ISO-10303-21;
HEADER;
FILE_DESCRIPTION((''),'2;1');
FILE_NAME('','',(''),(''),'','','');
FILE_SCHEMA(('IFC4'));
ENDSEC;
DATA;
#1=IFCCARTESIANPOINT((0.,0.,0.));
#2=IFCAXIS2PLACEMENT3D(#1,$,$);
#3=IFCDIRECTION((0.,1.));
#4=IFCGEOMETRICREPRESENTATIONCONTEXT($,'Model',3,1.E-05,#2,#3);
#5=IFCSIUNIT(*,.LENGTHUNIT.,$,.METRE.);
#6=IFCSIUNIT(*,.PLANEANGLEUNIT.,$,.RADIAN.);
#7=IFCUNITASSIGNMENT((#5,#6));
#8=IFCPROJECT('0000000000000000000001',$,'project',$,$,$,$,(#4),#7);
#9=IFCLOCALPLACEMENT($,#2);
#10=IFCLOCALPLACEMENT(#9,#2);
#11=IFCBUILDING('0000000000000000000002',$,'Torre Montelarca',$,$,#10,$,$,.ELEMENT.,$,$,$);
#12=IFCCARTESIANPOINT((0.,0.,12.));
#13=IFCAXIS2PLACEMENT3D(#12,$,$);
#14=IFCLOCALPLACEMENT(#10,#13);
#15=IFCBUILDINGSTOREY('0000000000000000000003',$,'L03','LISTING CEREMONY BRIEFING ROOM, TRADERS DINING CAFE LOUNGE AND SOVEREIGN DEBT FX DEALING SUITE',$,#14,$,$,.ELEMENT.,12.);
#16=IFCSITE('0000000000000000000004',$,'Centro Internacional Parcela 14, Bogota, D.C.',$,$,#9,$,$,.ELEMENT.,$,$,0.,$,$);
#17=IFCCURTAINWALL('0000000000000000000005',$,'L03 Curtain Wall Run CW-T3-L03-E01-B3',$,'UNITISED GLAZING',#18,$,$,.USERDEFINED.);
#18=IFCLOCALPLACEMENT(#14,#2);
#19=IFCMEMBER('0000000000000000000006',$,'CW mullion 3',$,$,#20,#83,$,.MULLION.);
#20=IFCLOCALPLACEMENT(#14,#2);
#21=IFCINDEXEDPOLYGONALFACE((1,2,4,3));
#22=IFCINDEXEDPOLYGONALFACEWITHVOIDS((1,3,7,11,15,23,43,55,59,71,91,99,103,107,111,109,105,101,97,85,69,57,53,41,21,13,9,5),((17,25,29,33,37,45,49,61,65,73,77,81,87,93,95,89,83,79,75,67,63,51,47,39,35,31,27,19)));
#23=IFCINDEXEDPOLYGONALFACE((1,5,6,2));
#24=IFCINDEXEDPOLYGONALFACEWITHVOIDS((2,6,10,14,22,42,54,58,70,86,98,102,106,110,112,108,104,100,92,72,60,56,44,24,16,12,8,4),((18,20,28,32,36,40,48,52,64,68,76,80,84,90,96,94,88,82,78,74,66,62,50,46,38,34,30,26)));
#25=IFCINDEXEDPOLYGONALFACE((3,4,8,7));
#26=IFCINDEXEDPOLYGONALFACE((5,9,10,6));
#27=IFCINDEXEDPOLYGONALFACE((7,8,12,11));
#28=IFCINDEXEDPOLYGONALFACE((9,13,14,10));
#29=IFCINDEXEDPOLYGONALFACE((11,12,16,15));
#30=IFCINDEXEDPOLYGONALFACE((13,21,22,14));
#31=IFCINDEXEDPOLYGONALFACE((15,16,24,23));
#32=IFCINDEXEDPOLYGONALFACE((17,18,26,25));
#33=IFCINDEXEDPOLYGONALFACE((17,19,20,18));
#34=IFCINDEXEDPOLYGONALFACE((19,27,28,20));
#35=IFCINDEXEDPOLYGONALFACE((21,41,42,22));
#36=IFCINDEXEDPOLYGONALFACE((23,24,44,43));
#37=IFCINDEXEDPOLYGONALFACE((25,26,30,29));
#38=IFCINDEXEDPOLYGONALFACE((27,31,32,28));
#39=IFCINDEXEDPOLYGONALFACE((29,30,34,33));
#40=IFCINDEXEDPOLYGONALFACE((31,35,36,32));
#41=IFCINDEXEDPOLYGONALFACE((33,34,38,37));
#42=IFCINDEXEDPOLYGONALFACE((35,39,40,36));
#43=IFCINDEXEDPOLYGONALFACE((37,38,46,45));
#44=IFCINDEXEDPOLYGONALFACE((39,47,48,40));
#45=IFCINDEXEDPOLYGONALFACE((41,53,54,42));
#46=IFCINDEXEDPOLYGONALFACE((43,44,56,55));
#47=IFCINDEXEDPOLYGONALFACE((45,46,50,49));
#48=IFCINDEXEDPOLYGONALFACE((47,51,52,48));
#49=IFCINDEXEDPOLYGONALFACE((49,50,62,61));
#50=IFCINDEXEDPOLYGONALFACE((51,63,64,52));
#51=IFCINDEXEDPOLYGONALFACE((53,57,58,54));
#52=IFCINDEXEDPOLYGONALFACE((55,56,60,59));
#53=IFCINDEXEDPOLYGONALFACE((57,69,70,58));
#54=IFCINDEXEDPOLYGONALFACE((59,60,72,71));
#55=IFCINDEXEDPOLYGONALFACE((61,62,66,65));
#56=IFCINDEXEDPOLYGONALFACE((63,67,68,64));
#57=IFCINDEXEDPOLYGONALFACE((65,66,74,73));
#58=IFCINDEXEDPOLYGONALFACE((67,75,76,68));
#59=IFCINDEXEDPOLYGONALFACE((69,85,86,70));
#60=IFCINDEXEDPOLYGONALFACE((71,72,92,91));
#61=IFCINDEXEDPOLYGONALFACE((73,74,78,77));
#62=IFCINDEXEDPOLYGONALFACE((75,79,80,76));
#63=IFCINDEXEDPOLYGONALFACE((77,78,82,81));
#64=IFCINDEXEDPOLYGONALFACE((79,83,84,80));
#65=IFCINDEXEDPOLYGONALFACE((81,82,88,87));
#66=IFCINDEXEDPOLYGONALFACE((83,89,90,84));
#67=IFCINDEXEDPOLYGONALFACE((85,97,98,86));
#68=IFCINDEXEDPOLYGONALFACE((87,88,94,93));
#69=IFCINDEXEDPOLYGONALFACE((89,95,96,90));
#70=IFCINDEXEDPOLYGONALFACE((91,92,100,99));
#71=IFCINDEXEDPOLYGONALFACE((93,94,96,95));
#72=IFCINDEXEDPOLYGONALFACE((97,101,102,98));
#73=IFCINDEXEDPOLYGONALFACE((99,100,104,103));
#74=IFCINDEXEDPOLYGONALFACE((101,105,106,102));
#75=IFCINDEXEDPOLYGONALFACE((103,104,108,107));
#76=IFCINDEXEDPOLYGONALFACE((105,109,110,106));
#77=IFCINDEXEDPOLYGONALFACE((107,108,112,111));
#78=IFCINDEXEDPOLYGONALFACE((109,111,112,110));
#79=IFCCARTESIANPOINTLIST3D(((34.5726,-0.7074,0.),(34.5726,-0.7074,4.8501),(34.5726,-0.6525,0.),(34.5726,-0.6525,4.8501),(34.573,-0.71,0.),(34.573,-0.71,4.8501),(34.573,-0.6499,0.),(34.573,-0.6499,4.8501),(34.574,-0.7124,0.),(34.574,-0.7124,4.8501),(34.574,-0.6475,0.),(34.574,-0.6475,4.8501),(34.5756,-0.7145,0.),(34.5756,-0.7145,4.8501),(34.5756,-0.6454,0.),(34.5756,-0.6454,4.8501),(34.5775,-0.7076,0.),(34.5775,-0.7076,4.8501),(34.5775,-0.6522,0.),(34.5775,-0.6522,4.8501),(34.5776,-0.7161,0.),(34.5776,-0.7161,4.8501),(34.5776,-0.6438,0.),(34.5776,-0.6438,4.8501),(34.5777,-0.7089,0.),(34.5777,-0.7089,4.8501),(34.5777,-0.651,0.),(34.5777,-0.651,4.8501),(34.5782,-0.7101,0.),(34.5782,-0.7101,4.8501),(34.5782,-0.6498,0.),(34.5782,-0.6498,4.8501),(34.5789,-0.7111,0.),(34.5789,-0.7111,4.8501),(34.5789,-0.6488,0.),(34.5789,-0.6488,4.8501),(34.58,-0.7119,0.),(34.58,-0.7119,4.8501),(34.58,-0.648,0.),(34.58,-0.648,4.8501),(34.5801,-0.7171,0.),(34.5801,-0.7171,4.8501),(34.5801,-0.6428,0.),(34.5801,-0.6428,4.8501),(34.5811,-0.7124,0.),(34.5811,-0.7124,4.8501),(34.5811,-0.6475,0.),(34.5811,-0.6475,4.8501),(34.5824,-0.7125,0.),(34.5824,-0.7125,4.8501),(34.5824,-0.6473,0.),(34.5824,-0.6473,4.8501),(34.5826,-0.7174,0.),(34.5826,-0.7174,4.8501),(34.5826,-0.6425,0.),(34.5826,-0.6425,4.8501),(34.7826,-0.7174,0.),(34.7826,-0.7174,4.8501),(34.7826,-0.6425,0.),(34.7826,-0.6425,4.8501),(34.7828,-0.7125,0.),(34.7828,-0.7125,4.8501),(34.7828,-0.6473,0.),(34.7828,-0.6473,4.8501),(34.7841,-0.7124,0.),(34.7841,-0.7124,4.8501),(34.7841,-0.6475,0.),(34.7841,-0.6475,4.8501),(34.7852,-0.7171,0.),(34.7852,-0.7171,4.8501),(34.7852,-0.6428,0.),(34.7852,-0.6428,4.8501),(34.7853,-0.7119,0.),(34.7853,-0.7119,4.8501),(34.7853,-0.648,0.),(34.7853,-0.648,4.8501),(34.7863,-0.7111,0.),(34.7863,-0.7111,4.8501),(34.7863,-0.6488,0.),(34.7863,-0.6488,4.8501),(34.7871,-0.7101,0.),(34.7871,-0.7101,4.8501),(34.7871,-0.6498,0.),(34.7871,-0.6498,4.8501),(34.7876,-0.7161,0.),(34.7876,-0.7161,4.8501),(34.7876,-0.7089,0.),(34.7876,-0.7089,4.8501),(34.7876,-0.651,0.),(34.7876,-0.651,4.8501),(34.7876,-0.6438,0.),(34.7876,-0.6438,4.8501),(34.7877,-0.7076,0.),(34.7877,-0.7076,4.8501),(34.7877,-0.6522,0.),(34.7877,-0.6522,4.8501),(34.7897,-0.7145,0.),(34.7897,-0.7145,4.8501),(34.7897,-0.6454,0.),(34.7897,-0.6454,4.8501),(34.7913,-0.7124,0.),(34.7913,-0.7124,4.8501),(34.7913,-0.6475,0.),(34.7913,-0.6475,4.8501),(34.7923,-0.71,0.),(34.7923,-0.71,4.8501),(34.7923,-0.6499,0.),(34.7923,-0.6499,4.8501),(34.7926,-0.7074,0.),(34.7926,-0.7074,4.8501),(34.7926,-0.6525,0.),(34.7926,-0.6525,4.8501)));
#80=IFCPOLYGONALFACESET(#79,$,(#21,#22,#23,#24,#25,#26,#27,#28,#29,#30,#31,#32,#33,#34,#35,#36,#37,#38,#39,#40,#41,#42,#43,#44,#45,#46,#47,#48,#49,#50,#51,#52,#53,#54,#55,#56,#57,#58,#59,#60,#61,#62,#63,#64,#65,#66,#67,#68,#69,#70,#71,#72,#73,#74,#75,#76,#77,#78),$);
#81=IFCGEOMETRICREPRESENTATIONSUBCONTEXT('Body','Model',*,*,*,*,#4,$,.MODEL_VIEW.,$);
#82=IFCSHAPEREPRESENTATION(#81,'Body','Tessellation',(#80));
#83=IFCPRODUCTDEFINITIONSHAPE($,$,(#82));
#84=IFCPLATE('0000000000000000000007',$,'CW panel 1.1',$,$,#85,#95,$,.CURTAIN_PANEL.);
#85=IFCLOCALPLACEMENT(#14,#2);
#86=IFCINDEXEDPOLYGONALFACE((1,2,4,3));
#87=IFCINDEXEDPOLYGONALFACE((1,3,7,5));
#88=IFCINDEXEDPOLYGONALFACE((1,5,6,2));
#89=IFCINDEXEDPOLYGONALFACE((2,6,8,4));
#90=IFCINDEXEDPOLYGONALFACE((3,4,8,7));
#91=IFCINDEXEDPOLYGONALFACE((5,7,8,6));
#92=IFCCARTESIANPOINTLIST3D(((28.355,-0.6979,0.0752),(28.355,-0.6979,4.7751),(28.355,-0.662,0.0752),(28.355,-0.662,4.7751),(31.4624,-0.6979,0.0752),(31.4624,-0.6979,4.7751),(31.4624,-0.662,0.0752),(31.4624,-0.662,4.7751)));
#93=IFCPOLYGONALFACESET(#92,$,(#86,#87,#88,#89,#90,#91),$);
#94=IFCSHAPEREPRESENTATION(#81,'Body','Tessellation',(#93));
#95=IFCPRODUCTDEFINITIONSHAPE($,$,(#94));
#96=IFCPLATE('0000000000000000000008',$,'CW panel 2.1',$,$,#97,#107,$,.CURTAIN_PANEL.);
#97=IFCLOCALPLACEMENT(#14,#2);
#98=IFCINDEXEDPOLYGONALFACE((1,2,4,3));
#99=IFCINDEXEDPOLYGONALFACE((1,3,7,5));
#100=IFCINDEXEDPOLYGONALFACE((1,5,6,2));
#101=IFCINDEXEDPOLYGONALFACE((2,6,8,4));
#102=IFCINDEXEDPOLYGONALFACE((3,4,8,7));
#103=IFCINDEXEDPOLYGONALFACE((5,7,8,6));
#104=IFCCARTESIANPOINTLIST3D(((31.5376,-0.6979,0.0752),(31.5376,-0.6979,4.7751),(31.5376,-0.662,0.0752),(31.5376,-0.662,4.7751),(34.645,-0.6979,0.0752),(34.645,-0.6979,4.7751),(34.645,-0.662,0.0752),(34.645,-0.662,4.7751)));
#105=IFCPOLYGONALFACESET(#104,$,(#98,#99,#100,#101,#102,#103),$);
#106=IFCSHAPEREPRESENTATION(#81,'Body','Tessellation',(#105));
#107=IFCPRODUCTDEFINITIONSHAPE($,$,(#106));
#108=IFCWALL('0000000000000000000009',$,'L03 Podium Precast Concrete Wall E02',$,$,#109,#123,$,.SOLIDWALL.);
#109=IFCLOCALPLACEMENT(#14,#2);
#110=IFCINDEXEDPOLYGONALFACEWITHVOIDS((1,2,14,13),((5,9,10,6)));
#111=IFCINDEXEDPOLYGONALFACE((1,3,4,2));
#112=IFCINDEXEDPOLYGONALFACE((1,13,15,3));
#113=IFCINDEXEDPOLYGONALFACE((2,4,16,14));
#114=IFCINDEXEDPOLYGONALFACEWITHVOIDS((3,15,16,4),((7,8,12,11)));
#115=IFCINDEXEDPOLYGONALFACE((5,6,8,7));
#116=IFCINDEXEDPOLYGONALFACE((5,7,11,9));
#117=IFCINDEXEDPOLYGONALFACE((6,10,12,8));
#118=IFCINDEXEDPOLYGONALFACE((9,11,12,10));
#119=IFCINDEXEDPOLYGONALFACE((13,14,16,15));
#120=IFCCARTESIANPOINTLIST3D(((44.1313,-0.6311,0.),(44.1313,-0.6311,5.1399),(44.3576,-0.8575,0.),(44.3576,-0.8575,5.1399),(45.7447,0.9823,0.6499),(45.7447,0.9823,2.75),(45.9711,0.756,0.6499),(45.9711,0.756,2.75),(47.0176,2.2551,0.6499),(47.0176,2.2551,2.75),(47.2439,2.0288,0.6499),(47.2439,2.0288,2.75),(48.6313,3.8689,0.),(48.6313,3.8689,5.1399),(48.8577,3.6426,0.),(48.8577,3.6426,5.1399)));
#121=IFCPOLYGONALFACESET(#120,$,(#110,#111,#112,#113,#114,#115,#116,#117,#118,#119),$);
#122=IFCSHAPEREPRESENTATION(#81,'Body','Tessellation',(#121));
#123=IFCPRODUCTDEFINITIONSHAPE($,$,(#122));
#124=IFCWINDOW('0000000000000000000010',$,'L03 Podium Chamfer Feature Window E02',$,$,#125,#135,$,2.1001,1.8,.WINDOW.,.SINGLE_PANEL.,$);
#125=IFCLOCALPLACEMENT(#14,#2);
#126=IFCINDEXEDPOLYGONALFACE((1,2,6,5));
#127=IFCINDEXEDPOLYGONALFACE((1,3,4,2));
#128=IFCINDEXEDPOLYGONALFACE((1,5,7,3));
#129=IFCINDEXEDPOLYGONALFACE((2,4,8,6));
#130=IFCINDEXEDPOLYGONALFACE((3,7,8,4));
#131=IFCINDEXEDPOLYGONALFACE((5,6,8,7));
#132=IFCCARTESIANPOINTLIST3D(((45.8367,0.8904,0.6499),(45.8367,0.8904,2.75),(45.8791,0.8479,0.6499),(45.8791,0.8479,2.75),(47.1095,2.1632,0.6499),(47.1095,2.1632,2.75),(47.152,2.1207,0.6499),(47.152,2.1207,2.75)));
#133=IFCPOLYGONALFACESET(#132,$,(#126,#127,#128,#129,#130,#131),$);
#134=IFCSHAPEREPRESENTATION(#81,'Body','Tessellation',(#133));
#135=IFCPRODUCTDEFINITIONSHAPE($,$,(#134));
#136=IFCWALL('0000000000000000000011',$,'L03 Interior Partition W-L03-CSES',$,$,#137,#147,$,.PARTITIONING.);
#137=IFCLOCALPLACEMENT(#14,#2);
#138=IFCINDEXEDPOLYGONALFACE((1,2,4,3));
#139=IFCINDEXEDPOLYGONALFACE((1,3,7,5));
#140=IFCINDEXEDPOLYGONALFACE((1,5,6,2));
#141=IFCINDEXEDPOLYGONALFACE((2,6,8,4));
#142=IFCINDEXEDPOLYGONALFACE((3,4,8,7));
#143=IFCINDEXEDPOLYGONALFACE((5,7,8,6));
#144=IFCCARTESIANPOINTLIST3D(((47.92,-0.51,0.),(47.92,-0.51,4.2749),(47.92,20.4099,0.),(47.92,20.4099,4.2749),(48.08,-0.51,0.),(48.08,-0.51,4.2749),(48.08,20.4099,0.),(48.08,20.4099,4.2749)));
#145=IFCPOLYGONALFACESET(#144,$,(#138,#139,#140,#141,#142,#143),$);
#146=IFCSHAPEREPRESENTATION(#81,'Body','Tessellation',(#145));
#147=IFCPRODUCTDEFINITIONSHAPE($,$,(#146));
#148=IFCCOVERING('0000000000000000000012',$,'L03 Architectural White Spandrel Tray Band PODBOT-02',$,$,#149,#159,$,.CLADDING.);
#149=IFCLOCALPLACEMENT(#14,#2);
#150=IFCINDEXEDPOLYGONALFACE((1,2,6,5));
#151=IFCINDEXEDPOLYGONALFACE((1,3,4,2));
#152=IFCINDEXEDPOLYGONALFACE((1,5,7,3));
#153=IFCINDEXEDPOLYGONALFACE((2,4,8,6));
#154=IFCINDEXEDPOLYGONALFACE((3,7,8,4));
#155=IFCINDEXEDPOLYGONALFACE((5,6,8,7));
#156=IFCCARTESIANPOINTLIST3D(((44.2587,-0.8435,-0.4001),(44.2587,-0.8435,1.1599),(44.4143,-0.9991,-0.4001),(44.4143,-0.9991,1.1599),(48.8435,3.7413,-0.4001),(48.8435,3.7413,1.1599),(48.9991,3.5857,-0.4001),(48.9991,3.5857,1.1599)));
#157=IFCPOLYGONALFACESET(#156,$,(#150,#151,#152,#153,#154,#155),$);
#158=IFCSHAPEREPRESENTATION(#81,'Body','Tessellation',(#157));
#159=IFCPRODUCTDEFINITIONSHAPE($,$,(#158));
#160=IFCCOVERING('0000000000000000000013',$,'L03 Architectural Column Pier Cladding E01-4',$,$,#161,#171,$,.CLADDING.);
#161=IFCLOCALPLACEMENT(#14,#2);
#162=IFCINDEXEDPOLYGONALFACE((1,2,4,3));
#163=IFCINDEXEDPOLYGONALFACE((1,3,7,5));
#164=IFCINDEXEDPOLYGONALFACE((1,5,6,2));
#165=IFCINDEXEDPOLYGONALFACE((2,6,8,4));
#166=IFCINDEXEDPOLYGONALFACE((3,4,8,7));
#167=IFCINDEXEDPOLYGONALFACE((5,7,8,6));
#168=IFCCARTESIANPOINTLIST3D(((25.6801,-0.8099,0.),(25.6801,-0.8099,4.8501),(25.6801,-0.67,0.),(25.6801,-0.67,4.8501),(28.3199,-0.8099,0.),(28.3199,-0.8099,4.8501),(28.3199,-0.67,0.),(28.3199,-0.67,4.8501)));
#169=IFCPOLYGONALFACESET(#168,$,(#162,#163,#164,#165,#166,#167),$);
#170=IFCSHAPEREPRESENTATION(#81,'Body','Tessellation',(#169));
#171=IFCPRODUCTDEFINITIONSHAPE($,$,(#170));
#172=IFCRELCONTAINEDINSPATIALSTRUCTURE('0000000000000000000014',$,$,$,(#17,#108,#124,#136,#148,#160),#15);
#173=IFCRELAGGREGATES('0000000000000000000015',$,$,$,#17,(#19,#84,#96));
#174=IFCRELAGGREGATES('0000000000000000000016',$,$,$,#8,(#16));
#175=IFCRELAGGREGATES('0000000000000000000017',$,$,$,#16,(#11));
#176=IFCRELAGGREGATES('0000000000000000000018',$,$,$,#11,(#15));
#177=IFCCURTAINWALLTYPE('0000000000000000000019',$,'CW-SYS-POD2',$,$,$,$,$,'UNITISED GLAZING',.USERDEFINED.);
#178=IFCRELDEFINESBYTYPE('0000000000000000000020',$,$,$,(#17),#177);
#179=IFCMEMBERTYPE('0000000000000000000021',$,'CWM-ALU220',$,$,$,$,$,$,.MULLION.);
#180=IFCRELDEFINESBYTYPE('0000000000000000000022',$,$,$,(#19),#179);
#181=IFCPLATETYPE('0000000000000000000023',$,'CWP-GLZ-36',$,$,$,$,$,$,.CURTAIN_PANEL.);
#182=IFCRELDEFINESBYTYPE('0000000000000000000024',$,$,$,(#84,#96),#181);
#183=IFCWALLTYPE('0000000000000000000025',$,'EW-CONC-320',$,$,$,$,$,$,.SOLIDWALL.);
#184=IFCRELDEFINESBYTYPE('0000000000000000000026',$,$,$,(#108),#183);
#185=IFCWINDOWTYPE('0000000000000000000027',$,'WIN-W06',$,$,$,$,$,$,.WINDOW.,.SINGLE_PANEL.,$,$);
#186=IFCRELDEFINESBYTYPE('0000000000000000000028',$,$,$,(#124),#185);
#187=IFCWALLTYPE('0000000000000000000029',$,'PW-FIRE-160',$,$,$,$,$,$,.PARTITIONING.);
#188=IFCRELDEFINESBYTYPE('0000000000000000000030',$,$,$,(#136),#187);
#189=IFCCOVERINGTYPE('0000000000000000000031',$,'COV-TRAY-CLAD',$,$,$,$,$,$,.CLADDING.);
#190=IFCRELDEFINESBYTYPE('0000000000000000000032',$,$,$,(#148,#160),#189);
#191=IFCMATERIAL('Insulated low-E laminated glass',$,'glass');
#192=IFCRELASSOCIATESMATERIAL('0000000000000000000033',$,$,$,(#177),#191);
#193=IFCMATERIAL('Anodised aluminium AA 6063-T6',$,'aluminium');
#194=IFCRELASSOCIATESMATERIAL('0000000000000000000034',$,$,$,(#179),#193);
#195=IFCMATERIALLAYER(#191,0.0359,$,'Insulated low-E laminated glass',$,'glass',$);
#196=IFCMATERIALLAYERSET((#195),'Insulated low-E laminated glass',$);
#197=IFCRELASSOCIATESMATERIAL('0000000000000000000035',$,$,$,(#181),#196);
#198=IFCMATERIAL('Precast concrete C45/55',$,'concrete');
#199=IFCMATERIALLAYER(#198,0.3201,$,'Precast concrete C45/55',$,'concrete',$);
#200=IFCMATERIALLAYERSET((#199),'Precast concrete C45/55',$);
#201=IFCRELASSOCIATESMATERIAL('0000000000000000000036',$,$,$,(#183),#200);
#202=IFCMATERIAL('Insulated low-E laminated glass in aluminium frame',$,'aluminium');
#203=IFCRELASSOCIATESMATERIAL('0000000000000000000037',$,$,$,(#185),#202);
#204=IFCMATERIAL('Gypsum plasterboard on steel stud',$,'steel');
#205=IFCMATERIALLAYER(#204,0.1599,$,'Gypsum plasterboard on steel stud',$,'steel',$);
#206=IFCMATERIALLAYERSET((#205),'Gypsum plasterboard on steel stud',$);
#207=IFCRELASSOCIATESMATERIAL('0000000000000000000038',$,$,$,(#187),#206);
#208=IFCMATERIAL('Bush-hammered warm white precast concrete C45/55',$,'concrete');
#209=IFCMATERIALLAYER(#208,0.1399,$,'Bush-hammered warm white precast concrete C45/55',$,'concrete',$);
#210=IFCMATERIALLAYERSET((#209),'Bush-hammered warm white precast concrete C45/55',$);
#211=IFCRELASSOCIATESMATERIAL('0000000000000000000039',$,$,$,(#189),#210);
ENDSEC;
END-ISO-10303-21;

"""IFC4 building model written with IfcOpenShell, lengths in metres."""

from ifc_helpers import new_model, si_unit, direction, frame, frame_2d, origin, origin_2d, place, context, subcontext, project, spatial, rectangle, hollow_rectangle, extrude, source, transform, mapped, material, layer, layer_set, material_profile, profile_set, type_object, element, fill, aggregate, save


model = new_model("IFC4")

# Units and contexts
model_context = context("Model", 3, precision=1e-05, world=origin(), true_north=direction((0.0, 1.0)))
body_context = subcontext(model_context, "Body", "Model", "MODEL_VIEW")
ifc_project = project(units=[si_unit("LENGTHUNIT", "METRE"), si_unit("PLANEANGLEUNIT", "RADIAN")], contexts=[model_context])

# Site, building, storey
site_placement = place(None, origin())
site = spatial("IfcSite", under=ifc_project, at=site_placement, Name="Centro Internacional Parcela 14, Bogota, D.C.", CompositionType="ELEMENT", RefElevation=0.0)
building_placement = place(site_placement, origin())
building = spatial("IfcBuilding", under=site, at=building_placement, Name="Torre Montelarca", CompositionType="ELEMENT")
storey_placement = place(building_placement, frame((0.0, 0.0, 12.0)))
storey = spatial("IfcBuildingStorey", under=building, at=storey_placement, Name="L03", Description="LISTING CEREMONY BRIEFING ROOM, TRADERS DINING CAFE LOUNGE AND SOVEREIGN DEBT FX DEALING SUITE", CompositionType="ELEMENT", Elevation=12.0)

# Curtain wall, member, plates
ifc_material_1 = material(Name="Insulated low-E laminated glass", Category="glass")
curtain_wall_type = type_object("IfcCurtainWallType", Name="CW-SYS-POD2", ElementType="UNITISED GLAZING", PredefinedType="USERDEFINED", material=ifc_material_1)
curtain_wall_placement = place(storey_placement, origin())
curtain_wall = element("IfcCurtainWall", 1, at=curtain_wall_placement, inside=storey, type_object=curtain_wall_type, Name="L03 Curtain Wall Run CW-T3-L03-E01-B3", ObjectType="UNITISED GLAZING", PredefinedType="USERDEFINED")
ifc_material_2 = material(Name="Anodised aluminium AA 6063-T6", Category="aluminium")
ifc_material_profile_1 = material_profile(ifc_material_2, hollow_rectangle(XDim=0.075, YDim=0.22, WallThickness=0.0049, InnerFilletRadius=0.0049, OuterFilletRadius=0.01, at=origin_2d()), Name="ALU75X220X5", Category="aluminium")
ifc_profile_set_1 = profile_set([ifc_material_profile_1], Name="Anodised aluminium AA 6063-T6")
member_type_1 = type_object("IfcMemberType", Name="CWM-ALU220", PredefinedType="MULLION", material=ifc_profile_set_1)
shared_shape_1 = source(origin(), body_context, "Body", "SweptSolid", [
    extrude(hollow_rectangle(XDim=0.075, YDim=0.22, WallThickness=0.0049, InnerFilletRadius=0.0049, OuterFilletRadius=0.01, at=origin_2d()), origin(), (0.0, 0.0, 1.0), 4.8501),
])
member_1_placement = place(storey_placement, frame((34.6826, -0.6799, 0.0), z_axis=(0.0, 0.0, 1.0), x_axis=(0.0, 1.0, 0.0)))
member_1 = element("IfcMember", 2, at=member_1_placement, type_object=member_type_1, Name="CW mullion 3", PredefinedType="MULLION", context=body_context, shape_type="MappedRepresentation", body=[
    mapped(shared_shape_1, transform((0.0, 0.0, 0.0), scale=1.0)),
])
ifc_layer_1 = layer(ifc_material_1, 0.0359, Name="Insulated low-E laminated glass", Category="glass")
ifc_layer_set_1 = layer_set([ifc_layer_1], Name="Insulated low-E laminated glass")
plate_type = type_object("IfcPlateType", Name="CWP-GLZ-36", PredefinedType="CURTAIN_PANEL", material=ifc_layer_set_1)
shared_shape_2 = source(origin(), body_context, "Body", "SweptSolid", [
    extrude(rectangle(XDim=3.1074, YDim=0.0359, at=origin_2d()), origin(), (0.0, 0.0, 1.0), 4.7),
])
plate_1_placement = place(storey_placement, frame((29.9087, -0.6799, 0.0752), z_axis=(0.0, 0.0, 1.0), x_axis=(1.0, 0.0, 0.0)))
plate_1 = element("IfcPlate", 3, at=plate_1_placement, type_object=plate_type, Name="CW panel 1.1", PredefinedType="CURTAIN_PANEL", context=body_context, shape_type="MappedRepresentation", body=[
    mapped(shared_shape_2, transform((0.0, 0.0, 0.0), scale=1.0)),
])
plate_2_placement = place(storey_placement, frame((33.0913, -0.6799, 0.0752), z_axis=(0.0, 0.0, 1.0), x_axis=(1.0, 0.0, 0.0)))
plate_2 = element("IfcPlate", 4, at=plate_2_placement, type_object=plate_type, Name="CW panel 2.1", PredefinedType="CURTAIN_PANEL", context=body_context, shape_type="MappedRepresentation", body=[
    mapped(shared_shape_2, transform((0.0, 0.0, 0.0), scale=1.0)),
])
aggregate(curtain_wall, [member_1, plate_1, plate_2])

# Wall, opening, window
ifc_material_3 = material(Name="Precast concrete C45/55", Category="concrete")
ifc_layer_2 = layer(ifc_material_3, 0.3201, Name="Precast concrete C45/55", Category="concrete")
ifc_layer_set_2 = layer_set([ifc_layer_2], Name="Precast concrete C45/55")
wall_type_1 = type_object("IfcWallType", Name="EW-CONC-320", PredefinedType="SOLIDWALL", material=ifc_layer_set_2)
wall_1_placement = place(storey_placement, frame((44.2444, -0.7444, 0.0), z_axis=(0.0, 0.0, 1.0), x_axis=(0.707107, 0.707107, 0.0)))
wall_1 = element("IfcWall", 5, at=wall_1_placement, inside=storey, type_object=wall_type_1, Name="L03 Podium Precast Concrete Wall E02", PredefinedType="SOLIDWALL", context=body_context, shape_type="SweptSolid", body=[
    extrude(rectangle(XDim=6.364, YDim=0.3201, at=frame_2d((3.1821, 0.0))), origin(), (0.0, 0.0, 1.0), 5.1399),
])
opening_placement = place(wall_1_placement, frame((2.282, 0.0, 0.6499)))
opening = element("IfcOpeningElement", 6, at=opening_placement, cuts=wall_1, PredefinedType="OPENING", context=body_context, shape_type="SweptSolid", body=[
    extrude(rectangle(XDim=1.8, YDim=2.1001, at=frame_2d((0.8999, 1.05))), frame((0.0, 0.1699, 0.0), z_axis=(0.0, -1.0, 0.0), x_axis=(1.0, 0.0, 0.0)), (0.0, 0.0, 1.0), 0.3401),
])
ifc_material_4 = material(Name="Insulated low-E laminated glass in aluminium frame", Category="aluminium")
window_type = type_object("IfcWindowType", Name="WIN-W06", PartitioningType="SINGLE_PANEL", PredefinedType="WINDOW", material=ifc_material_4)
shared_shape_3 = source(origin(), body_context, "Body", "SweptSolid", [
    extrude(rectangle(XDim=1.8, YDim=2.1001, at=frame_2d((0.8999, 1.05))), frame((0.0, 0.03, 0.0), z_axis=(0.0, -1.0, 0.0), x_axis=(1.0, 0.0, 0.0)), (0.0, 0.0, 1.0), 0.0601),
])
window_placement = place(opening_placement, origin())
window = element("IfcWindow", 7, at=window_placement, inside=storey, type_object=window_type, Name="L03 Podium Chamfer Feature Window E02", OverallHeight=2.1001, OverallWidth=1.8, PartitioningType="SINGLE_PANEL", PredefinedType="WINDOW", context=body_context, shape_type="MappedRepresentation", body=[
    mapped(shared_shape_3, transform((0.0, 0.0, 0.0), scale=1.0)),
])
fill(opening, window)

# Wall
ifc_material_5 = material(Name="Gypsum plasterboard on steel stud", Category="steel")
ifc_layer_3 = layer(ifc_material_5, 0.1599, Name="Gypsum plasterboard on steel stud", Category="steel")
ifc_layer_set_3 = layer_set([ifc_layer_3], Name="Gypsum plasterboard on steel stud")
wall_type_2 = type_object("IfcWallType", Name="PW-FIRE-160", PredefinedType="PARTITIONING", material=ifc_layer_set_3)
wall_2_placement = place(storey_placement, frame((48.0, -0.51, 0.0), z_axis=(0.0, 0.0, 1.0), x_axis=(0.0, 1.0, 0.0)))
element("IfcWall", 8, at=wall_2_placement, inside=storey, type_object=wall_type_2, Name="L03 Interior Partition W-L03-CSES", PredefinedType="PARTITIONING", context=body_context, shape_type="SweptSolid", body=[
    extrude(rectangle(XDim=20.9199, YDim=0.1599, at=frame_2d((10.46, 0.0))), origin(), (0.0, 0.0, 1.0), 4.2749),
])

# Coverings
ifc_material_6 = material(Name="Bush-hammered warm white precast concrete C45/55", Category="concrete")
ifc_layer_4 = layer(ifc_material_6, 0.1399, Name="Bush-hammered warm white precast concrete C45/55", Category="concrete")
ifc_layer_set_4 = layer_set([ifc_layer_4], Name="Bush-hammered warm white precast concrete C45/55")
covering_type = type_object("IfcCoveringType", Name="COV-TRAY-CLAD", PredefinedType="CLADDING", material=ifc_layer_set_4)
shared_shape_4 = source(origin(), body_context, "Body", "SweptSolid", [
    extrude(rectangle(XDim=6.4839, YDim=0.22, at=origin_2d()), origin(), (0.0, 0.0, 1.0), 1.5601),
])
covering_1_placement = place(storey_placement, frame((46.6289, 1.3711, -0.4001), z_axis=(0.0, 0.0, 1.0), x_axis=(0.707107, 0.707107, 0.0)))
element("IfcCovering", 9, at=covering_1_placement, inside=storey, type_object=covering_type, Name="L03 Architectural White Spandrel Tray Band PODBOT-02", PredefinedType="CLADDING", context=body_context, shape_type="MappedRepresentation", body=[
    mapped(shared_shape_4, transform((0.0, 0.0, 0.0), scale=1.0)),
])
shared_shape_5 = source(origin(), body_context, "Body", "SweptSolid", [
    extrude(rectangle(XDim=2.6399, YDim=0.1399, at=origin_2d()), origin(), (0.0, 0.0, 1.0), 4.8501),
])
for number, where, z_axis, x_axis, name in (
    (10, (27.0, -0.74, 0.0), (0.0, 0.0, 1.0), (1.0, 0.0, 0.0), "L03 Architectural Column Pier Cladding E01-4"),
):
    element("IfcCovering", number, at=place(storey_placement, frame(where, z_axis=z_axis, x_axis=x_axis)), inside=storey, type_object=covering_type, Name=name, PredefinedType="CLADDING", context=body_context, shape_type="MappedRepresentation", body=[
        mapped(shared_shape_5, transform((0.0, 0.0, 0.0), scale=1.0)),
    ])

save(model, "model.ifc")
